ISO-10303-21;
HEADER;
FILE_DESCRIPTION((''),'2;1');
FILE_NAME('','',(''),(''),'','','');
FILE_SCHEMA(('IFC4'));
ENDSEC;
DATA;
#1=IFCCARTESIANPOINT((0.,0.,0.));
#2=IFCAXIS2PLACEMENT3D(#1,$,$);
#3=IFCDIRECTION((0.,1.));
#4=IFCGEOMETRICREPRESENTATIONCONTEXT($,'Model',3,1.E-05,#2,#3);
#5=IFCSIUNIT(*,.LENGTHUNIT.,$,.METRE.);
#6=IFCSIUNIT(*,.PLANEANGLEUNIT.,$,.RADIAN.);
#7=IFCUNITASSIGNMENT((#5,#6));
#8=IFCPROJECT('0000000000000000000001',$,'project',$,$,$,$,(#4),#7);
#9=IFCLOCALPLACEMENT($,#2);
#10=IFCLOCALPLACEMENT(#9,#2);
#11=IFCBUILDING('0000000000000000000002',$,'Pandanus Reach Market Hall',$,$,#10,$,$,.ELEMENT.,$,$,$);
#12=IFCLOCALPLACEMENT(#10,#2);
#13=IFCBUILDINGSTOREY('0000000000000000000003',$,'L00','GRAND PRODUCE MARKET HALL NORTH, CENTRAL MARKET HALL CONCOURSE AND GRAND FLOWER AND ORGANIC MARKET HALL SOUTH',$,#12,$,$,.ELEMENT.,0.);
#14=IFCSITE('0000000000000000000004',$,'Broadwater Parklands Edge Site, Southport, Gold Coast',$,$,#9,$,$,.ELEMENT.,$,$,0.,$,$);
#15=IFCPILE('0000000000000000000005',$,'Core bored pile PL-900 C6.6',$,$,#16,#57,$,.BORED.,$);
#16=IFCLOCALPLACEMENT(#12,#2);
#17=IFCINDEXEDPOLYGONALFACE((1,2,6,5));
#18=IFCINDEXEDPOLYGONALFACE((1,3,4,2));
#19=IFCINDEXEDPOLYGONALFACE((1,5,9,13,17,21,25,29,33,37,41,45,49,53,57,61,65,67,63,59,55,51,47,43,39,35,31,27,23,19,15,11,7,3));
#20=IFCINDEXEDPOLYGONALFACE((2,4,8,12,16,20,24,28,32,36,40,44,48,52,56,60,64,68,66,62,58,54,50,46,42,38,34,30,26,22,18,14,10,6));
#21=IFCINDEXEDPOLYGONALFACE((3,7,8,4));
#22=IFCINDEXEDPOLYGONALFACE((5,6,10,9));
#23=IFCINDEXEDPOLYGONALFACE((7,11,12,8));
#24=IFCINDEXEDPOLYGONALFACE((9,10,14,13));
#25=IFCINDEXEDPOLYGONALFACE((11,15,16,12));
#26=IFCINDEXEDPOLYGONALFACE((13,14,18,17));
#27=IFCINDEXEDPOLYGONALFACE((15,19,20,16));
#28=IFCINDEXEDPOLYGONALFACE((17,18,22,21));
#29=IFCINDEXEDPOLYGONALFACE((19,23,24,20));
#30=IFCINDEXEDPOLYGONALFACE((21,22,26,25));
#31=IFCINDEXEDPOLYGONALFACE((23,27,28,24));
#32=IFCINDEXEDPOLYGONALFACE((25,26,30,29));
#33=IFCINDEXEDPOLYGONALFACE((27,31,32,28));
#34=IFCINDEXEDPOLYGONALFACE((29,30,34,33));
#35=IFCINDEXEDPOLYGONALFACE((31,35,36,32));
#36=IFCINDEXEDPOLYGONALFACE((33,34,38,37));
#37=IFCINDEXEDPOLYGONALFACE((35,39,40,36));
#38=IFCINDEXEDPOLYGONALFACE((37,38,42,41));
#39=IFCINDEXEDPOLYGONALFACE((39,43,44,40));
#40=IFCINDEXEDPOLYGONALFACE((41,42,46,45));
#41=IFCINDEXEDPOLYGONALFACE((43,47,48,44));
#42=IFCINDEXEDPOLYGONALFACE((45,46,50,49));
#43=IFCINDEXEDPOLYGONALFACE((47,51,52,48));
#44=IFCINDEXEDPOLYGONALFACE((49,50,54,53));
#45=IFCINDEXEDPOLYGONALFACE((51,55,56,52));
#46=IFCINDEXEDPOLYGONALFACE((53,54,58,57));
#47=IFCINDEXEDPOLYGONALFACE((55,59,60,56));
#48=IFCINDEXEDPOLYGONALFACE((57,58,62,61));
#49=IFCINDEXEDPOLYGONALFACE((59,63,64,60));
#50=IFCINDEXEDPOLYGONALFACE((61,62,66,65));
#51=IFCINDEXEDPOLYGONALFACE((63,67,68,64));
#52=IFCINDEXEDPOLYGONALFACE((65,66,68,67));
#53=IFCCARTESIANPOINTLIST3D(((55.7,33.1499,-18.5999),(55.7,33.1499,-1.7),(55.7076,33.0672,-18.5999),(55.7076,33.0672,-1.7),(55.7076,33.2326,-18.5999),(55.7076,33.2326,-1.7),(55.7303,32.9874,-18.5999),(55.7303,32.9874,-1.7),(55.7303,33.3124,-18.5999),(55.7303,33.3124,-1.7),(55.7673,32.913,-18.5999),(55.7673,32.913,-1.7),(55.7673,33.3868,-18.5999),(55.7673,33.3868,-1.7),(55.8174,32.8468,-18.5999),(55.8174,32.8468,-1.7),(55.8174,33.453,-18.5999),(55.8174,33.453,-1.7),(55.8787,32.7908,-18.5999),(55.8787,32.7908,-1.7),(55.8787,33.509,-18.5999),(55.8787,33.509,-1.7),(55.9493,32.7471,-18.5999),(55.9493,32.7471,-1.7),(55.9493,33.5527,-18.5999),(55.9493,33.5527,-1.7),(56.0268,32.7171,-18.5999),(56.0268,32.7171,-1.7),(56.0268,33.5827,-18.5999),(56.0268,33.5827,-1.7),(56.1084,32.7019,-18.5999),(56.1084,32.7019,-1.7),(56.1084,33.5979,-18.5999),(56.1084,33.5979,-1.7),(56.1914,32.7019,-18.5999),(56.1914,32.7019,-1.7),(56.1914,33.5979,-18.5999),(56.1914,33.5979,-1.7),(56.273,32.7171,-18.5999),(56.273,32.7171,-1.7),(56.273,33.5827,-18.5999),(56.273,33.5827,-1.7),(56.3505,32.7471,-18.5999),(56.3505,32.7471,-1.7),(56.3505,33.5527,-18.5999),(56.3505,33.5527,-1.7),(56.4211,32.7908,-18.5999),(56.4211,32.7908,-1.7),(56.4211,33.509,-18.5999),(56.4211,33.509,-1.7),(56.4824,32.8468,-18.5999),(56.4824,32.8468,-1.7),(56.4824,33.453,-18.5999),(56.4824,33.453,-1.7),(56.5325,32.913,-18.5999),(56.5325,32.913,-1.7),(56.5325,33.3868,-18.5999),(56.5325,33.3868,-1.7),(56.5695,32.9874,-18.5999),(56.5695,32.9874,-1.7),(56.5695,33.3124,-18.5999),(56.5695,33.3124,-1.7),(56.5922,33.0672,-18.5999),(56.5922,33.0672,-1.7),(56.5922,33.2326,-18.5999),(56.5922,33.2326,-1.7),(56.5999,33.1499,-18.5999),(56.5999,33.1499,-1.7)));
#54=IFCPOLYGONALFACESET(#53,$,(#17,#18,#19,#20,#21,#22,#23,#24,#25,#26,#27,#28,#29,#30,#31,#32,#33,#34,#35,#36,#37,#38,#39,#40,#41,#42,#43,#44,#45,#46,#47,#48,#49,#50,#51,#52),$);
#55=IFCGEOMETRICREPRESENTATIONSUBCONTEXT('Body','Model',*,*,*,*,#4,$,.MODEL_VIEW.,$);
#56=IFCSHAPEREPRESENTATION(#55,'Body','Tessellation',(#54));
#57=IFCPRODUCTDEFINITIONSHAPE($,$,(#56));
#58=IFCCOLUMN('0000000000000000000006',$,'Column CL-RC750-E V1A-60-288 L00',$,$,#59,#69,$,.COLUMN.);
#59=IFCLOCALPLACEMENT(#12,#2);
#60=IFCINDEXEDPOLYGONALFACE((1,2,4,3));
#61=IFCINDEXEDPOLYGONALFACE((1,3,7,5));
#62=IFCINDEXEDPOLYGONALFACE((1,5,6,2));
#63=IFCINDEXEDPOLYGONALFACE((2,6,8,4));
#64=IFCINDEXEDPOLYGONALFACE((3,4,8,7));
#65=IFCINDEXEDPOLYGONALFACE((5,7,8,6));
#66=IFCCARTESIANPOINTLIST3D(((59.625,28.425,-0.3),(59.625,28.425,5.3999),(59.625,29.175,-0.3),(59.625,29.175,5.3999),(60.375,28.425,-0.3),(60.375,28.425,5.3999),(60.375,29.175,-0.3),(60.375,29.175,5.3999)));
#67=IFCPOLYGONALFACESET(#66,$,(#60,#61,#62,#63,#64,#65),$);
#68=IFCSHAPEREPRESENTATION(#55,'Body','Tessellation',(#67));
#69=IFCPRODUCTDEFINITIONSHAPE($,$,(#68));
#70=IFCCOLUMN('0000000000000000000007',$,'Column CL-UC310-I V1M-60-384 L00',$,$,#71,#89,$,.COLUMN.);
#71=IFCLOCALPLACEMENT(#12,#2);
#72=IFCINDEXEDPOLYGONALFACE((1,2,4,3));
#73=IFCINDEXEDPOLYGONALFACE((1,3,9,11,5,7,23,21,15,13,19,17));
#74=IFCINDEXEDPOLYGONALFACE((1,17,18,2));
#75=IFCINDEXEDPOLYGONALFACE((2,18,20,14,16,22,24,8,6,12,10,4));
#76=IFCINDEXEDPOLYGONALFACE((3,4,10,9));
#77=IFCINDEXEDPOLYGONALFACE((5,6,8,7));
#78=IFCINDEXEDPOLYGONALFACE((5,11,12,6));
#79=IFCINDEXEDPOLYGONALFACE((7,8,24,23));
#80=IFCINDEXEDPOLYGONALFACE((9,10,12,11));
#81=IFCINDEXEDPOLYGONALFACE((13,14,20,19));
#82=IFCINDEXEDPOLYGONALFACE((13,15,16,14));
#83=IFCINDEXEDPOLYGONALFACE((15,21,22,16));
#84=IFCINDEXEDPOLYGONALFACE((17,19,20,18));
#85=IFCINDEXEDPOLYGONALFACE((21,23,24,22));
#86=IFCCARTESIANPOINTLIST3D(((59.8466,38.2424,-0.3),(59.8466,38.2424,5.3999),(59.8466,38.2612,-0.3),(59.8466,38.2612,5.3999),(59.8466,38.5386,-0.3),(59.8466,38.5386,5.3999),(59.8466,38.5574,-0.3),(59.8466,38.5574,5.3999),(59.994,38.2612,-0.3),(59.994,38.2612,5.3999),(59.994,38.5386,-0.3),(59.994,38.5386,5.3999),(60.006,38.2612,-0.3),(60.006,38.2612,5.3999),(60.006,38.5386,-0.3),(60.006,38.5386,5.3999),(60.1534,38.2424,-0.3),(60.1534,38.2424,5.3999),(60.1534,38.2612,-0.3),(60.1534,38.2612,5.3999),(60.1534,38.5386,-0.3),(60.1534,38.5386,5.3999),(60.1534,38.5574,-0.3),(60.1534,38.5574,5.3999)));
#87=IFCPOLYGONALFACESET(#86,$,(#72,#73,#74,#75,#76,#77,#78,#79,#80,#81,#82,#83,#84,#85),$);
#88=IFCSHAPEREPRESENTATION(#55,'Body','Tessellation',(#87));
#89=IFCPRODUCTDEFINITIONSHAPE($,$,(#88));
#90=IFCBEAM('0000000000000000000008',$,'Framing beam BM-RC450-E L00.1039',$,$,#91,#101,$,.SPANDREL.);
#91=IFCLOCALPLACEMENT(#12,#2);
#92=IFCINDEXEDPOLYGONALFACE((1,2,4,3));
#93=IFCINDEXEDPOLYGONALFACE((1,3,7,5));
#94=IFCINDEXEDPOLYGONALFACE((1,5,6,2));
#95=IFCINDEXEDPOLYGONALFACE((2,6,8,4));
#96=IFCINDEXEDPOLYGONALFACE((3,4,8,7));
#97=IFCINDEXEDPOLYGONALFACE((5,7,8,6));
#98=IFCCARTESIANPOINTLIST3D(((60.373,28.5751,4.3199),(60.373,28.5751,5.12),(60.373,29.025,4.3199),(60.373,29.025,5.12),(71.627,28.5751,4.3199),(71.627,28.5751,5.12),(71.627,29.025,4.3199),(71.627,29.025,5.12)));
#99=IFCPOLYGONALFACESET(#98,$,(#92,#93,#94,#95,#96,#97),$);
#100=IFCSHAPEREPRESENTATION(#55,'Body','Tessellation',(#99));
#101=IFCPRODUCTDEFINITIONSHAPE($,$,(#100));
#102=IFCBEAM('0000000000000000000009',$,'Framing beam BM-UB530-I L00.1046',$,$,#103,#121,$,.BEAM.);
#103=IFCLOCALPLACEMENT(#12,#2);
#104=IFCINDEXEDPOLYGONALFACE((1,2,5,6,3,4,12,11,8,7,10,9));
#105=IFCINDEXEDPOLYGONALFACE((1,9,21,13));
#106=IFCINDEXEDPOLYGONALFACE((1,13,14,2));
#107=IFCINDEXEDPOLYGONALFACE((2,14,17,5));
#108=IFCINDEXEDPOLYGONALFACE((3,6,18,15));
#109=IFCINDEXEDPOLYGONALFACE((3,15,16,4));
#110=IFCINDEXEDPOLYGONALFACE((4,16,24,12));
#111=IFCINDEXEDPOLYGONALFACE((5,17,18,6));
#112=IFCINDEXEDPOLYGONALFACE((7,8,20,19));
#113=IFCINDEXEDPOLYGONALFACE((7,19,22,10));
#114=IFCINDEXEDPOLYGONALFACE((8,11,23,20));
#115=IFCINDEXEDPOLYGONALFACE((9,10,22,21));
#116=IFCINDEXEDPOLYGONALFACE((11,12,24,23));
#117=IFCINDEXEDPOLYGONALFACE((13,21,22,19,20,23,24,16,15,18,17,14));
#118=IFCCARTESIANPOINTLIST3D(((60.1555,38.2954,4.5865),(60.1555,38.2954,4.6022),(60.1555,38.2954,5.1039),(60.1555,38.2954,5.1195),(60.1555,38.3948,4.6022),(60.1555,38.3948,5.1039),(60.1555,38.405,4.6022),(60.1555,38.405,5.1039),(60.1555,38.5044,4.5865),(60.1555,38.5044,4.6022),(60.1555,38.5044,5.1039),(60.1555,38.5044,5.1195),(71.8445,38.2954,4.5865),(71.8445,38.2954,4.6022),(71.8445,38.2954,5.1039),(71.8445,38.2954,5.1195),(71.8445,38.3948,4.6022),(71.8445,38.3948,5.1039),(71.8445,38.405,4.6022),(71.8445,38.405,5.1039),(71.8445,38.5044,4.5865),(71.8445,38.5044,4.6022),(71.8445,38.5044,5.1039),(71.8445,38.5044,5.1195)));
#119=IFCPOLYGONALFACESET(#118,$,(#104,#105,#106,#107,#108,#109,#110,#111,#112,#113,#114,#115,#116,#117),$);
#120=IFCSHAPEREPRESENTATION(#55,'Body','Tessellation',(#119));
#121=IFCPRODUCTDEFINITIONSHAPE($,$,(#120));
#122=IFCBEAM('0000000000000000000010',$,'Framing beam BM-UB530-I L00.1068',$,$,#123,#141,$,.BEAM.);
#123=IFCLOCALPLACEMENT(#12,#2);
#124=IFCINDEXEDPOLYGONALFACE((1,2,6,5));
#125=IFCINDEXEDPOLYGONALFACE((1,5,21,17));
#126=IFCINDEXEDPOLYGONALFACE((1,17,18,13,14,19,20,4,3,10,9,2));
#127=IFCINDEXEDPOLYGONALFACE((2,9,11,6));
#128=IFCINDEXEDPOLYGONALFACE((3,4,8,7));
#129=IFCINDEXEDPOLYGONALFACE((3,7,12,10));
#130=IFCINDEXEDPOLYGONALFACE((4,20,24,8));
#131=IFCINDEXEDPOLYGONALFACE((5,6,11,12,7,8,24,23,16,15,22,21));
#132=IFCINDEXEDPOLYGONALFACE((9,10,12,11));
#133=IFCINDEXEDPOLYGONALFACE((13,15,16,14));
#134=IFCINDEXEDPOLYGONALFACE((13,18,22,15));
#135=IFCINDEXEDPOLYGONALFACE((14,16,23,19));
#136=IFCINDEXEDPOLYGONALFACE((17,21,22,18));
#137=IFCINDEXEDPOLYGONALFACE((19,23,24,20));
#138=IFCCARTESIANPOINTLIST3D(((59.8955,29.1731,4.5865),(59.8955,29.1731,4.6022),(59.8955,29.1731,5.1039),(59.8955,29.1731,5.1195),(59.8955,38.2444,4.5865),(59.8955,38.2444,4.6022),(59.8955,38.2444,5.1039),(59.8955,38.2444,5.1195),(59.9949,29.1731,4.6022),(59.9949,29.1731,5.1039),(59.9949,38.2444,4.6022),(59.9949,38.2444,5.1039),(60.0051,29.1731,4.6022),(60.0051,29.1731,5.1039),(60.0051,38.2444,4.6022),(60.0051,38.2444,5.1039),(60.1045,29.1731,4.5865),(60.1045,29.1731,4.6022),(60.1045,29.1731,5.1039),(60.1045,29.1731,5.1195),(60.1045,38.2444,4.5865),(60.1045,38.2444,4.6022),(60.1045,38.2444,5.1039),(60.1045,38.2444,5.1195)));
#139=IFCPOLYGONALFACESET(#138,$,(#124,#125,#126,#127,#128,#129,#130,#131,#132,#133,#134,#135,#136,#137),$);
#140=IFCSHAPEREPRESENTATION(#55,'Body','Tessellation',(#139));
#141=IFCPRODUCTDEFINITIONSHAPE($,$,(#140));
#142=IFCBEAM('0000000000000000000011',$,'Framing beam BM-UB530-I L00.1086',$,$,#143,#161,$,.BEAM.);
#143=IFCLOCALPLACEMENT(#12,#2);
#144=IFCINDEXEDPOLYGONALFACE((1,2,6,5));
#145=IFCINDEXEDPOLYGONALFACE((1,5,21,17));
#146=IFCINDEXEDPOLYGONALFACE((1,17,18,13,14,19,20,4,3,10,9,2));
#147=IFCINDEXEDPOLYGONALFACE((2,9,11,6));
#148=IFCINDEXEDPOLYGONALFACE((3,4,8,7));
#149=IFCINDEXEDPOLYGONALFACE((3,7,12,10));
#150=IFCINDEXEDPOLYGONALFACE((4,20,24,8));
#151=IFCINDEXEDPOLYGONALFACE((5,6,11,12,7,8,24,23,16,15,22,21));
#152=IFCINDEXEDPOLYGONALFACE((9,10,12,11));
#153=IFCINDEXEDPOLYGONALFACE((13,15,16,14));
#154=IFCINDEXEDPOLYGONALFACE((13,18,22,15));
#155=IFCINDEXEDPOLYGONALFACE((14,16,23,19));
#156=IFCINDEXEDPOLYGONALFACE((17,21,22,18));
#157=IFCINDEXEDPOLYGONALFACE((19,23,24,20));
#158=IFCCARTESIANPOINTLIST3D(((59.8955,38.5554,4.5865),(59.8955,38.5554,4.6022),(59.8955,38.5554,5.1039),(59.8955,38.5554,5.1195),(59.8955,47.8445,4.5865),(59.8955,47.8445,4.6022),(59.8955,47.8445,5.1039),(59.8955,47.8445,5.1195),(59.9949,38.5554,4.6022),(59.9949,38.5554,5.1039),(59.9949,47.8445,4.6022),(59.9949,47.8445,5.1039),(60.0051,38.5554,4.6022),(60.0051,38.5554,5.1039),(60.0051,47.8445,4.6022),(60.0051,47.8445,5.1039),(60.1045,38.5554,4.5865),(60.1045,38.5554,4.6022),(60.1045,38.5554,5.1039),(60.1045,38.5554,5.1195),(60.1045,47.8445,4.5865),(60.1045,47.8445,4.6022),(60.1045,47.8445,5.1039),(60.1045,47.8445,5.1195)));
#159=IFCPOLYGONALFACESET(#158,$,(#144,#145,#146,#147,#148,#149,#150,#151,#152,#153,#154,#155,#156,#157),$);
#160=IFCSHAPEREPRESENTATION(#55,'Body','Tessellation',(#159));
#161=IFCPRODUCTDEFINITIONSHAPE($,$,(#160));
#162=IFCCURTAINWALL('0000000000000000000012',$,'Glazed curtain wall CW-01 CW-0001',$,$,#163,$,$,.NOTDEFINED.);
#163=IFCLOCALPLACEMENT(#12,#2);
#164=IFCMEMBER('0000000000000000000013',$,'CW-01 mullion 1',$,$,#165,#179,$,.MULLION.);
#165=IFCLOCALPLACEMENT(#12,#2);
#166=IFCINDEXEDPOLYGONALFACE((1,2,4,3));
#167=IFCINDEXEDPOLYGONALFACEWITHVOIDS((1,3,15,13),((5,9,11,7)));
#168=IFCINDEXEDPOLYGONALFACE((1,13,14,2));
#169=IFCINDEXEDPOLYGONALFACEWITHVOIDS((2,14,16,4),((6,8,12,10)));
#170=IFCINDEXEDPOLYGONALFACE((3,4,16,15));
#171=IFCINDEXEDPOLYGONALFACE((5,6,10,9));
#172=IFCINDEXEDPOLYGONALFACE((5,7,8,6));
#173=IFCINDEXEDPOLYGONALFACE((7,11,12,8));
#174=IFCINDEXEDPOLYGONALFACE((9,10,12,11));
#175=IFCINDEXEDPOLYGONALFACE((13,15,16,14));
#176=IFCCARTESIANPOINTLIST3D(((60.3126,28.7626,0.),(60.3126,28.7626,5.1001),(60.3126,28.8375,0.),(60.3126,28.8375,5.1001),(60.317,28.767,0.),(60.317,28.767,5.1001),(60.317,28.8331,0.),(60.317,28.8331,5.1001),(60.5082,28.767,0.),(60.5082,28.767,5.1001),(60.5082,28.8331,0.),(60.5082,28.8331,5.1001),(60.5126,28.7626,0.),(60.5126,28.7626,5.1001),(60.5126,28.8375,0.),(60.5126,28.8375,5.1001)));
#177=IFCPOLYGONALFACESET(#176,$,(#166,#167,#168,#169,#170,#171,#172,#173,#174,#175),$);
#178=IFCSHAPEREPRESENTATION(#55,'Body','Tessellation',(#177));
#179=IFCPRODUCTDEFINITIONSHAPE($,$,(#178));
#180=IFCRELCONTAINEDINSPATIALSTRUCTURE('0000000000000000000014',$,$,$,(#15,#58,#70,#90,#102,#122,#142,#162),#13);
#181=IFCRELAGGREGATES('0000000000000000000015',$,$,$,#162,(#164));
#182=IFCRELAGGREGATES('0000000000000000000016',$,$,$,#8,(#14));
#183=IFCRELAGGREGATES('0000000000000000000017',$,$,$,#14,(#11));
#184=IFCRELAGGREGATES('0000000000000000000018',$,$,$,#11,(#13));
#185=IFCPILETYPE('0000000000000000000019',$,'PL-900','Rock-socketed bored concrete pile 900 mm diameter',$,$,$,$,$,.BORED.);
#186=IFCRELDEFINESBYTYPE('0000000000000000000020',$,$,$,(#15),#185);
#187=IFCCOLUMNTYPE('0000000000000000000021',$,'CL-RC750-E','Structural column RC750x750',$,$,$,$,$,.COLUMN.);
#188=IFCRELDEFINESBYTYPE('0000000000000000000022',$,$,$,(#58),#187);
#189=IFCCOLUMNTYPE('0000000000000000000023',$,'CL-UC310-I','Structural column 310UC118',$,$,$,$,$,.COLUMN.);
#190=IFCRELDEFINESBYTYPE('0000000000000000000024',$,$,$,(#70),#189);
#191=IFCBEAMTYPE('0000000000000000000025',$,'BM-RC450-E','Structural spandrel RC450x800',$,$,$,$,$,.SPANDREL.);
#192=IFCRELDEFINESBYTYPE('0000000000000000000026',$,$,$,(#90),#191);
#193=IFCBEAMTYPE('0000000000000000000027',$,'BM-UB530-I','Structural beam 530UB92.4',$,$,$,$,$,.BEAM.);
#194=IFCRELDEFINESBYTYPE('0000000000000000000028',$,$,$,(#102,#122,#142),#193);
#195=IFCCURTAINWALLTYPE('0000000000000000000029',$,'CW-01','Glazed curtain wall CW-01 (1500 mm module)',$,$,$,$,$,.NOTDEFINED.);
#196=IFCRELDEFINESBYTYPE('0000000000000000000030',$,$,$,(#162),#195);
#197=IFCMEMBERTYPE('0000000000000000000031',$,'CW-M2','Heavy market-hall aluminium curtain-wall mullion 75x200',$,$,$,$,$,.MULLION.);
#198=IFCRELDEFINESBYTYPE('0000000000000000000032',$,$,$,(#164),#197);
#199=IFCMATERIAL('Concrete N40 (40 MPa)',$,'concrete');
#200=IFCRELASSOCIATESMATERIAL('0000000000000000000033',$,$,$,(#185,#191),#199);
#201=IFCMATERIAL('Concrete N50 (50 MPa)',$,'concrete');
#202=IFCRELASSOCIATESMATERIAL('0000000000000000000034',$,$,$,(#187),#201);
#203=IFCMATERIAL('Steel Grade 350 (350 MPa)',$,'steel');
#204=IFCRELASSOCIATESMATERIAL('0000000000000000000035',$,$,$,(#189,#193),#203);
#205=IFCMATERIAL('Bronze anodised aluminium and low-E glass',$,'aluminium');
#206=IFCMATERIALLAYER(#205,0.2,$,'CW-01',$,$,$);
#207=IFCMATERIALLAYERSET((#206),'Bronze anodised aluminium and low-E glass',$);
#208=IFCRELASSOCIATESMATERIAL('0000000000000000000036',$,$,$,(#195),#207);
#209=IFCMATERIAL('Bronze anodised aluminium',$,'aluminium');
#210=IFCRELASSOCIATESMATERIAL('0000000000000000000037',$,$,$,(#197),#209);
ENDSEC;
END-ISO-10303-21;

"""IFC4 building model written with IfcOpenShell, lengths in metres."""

from ifc_helpers import new_model, si_unit, direction, frame, origin, origin_2d, place, context, subcontext, project, spatial, rectangle, hollow_rectangle, circle, i_section, extrude, material, layer, layer_set, material_profile, profile_set, type_object, element, aggregate, save


model = new_model("IFC4")

# Units and contexts
model_context = context("Model", 3, precision=1e-05, world=origin(), true_north=direction((0.0, 1.0)))
body_context = subcontext(model_context, "Body", "Model", "MODEL_VIEW")
ifc_project = project(units=[si_unit("LENGTHUNIT", "METRE"), si_unit("PLANEANGLEUNIT", "RADIAN")], contexts=[model_context])

# Site, building, storey
site_placement = place(None, origin())
site = spatial("IfcSite", under=ifc_project, at=site_placement, Name="Broadwater Parklands Edge Site, Southport, Gold Coast", CompositionType="ELEMENT", RefElevation=0.0)
building_placement = place(site_placement, origin())
building = spatial("IfcBuilding", under=site, at=building_placement, Name="Pandanus Reach Market Hall", CompositionType="ELEMENT")
storey_placement = place(building_placement, origin())
storey = spatial("IfcBuildingStorey", under=building, at=storey_placement, Name="L00", Description="GRAND PRODUCE MARKET HALL NORTH, CENTRAL MARKET HALL CONCOURSE AND GRAND FLOWER AND ORGANIC MARKET HALL SOUTH", CompositionType="ELEMENT", Elevation=0.0)

# Shared definitions
ifc_material_1 = material(Name="Concrete N40 (40 MPa)", Category="concrete")

# Pile
ifc_material_profile_1 = material_profile(ifc_material_1, circle(Radius=0.45, at=origin_2d()), Name="PILE-900D", Category="LoadBearing")
ifc_profile_set_1 = profile_set([ifc_material_profile_1], Name="Concrete N40 (40 MPa)")
pile_type_1 = type_object("IfcPileType", Name="PL-900", Description="Rock-socketed bored concrete pile 900 mm diameter", PredefinedType="BORED", material=ifc_profile_set_1)
for number, where, z_axis, x_axis, name in (
    (1, (56.1499, 33.1499, -1.7), (0.0, 0.0, -1.0), (1.0, 0.0, 0.0), "Core bored pile PL-900 C6.6"),
):
    element("IfcPile", number, at=place(storey_placement, frame(where, z_axis=z_axis, x_axis=x_axis)), inside=storey, type_object=pile_type_1, Name=name, PredefinedType="BORED", context=body_context, shape_type="SweptSolid", body=[
        extrude(circle(Radius=0.45, at=origin_2d()), origin(), (0.0, 0.0, 1.0), 16.8999),
    ])

# Columns
ifc_material_2 = material(Name="Concrete N50 (50 MPa)", Category="concrete")
ifc_material_profile_2 = material_profile(ifc_material_2, rectangle(XDim=0.75, YDim=0.75, at=origin_2d()), Name="RC750x750", Category="LoadBearing")
ifc_profile_set_2 = profile_set([ifc_material_profile_2], Name="Concrete N50 (50 MPa)")
column_type_1 = type_object("IfcColumnType", Name="CL-RC750-E", Description="Structural column RC750x750", PredefinedType="COLUMN", material=ifc_profile_set_2)
column_1_placement = place(storey_placement, frame((60.0, 28.8, -0.3), z_axis=(0.0, 0.0, 1.0), x_axis=(1.0, 0.0, 0.0)))
element("IfcColumn", 2, at=column_1_placement, inside=storey, type_object=column_type_1, Name="Column CL-RC750-E V1A-60-288 L00", PredefinedType="COLUMN", context=body_context, shape_type="SweptSolid", body=[
    extrude(rectangle(XDim=0.75, YDim=0.75, at=origin_2d()), origin(), (0.0, 0.0, 1.0), 5.7),
])
ifc_material_3 = material(Name="Steel Grade 350 (350 MPa)", Category="steel")
ifc_material_profile_3 = material_profile(ifc_material_3, i_section(OverallWidth=0.3069, OverallDepth=0.3149, WebThickness=0.012, FlangeThickness=0.0188, at=origin_2d()), Name="310UC118", Category="LoadBearing")
ifc_profile_set_3 = profile_set([ifc_material_profile_3], Name="Steel Grade 350 (350 MPa)")
column_type_2 = type_object("IfcColumnType", Name="CL-UC310-I", Description="Structural column 310UC118", PredefinedType="COLUMN", material=ifc_profile_set_3)
column_2_placement = place(storey_placement, frame((60.0, 38.3999, -0.3), z_axis=(0.0, 0.0, 1.0), x_axis=(1.0, 0.0, 0.0)))
element("IfcColumn", 3, at=column_2_placement, inside=storey, type_object=column_type_2, Name="Column CL-UC310-I V1M-60-384 L00", PredefinedType="COLUMN", context=body_context, shape_type="SweptSolid", body=[
    extrude(i_section(OverallWidth=0.3069, OverallDepth=0.3149, WebThickness=0.012, FlangeThickness=0.0188, at=origin_2d()), origin(), (0.0, 0.0, 1.0), 5.7),
])

# Beams
ifc_material_profile_4 = material_profile(ifc_material_1, rectangle(XDim=0.45, YDim=0.8, at=origin_2d()), Name="RC450x800", Category="LoadBearing")
ifc_profile_set_4 = profile_set([ifc_material_profile_4], Name="Concrete N40 (40 MPa)")
beam_type_1 = type_object("IfcBeamType", Name="BM-RC450-E", Description="Structural spandrel RC450x800", PredefinedType="SPANDREL", material=ifc_profile_set_4)
beam_1_placement = place(storey_placement, frame((60.373, 28.8, 4.72), z_axis=(1.0, 0.0, 0.0), x_axis=(0.0, 1.0, 0.0)))
element("IfcBeam", 4, at=beam_1_placement, inside=storey, type_object=beam_type_1, Name="Framing beam BM-RC450-E L00.1039", PredefinedType="SPANDREL", context=body_context, shape_type="SweptSolid", body=[
    extrude(rectangle(XDim=0.45, YDim=0.8, at=origin_2d()), origin(), (0.0, 0.0, 1.0), 11.2539),
])
ifc_material_profile_5 = material_profile(ifc_material_3, i_section(OverallWidth=0.209, OverallDepth=0.533, WebThickness=0.0103, FlangeThickness=0.0156, at=origin_2d()), Name="530UB92.4", Category="LoadBearing")
ifc_profile_set_5 = profile_set([ifc_material_profile_5], Name="Steel Grade 350 (350 MPa)")
beam_type_2 = type_object("IfcBeamType", Name="BM-UB530-I", Description="Structural beam 530UB92.4", PredefinedType="BEAM", material=ifc_profile_set_5)
beam_2_placement = place(storey_placement, frame((60.1555, 38.3999, 4.853), z_axis=(1.0, 0.0, 0.0), x_axis=(0.0, 1.0, 0.0)))
element("IfcBeam", 5, at=beam_2_placement, inside=storey, type_object=beam_type_2, Name="Framing beam BM-UB530-I L00.1046", PredefinedType="BEAM", context=body_context, shape_type="SweptSolid", body=[
    extrude(i_section(OverallWidth=0.209, OverallDepth=0.533, WebThickness=0.0103, FlangeThickness=0.0156, at=origin_2d()), origin(), (0.0, 0.0, 1.0), 11.689),
])
beam_3_placement = place(storey_placement, frame((60.0, 29.1731, 4.853), z_axis=(0.0, 1.0, 0.0), x_axis=(-1.0, 0.0, 0.0)))
element("IfcBeam", 6, at=beam_3_placement, inside=storey, type_object=beam_type_2, Name="Framing beam BM-UB530-I L00.1068", PredefinedType="BEAM", context=body_context, shape_type="SweptSolid", body=[
    extrude(i_section(OverallWidth=0.209, OverallDepth=0.533, WebThickness=0.0103, FlangeThickness=0.0156, at=origin_2d()), origin(), (0.0, 0.0, 1.0), 9.0713),
])
beam_4_placement = place(storey_placement, frame((60.0, 38.5554, 4.853), z_axis=(0.0, 1.0, 0.0), x_axis=(-1.0, 0.0, 0.0)))
element("IfcBeam", 7, at=beam_4_placement, inside=storey, type_object=beam_type_2, Name="Framing beam BM-UB530-I L00.1086", PredefinedType="BEAM", context=body_context, shape_type="SweptSolid", body=[
    extrude(i_section(OverallWidth=0.209, OverallDepth=0.533, WebThickness=0.0103, FlangeThickness=0.0156, at=origin_2d()), origin(), (0.0, 0.0, 1.0), 9.2891),
])

# Curtain wall, member
ifc_material_4 = material(Name="Bronze anodised aluminium and low-E glass", Category="aluminium")
ifc_layer_1 = layer(ifc_material_4, 0.2, Name="CW-01")
ifc_layer_set_1 = layer_set([ifc_layer_1], Name="Bronze anodised aluminium and low-E glass")
curtain_wall_type = type_object("IfcCurtainWallType", Name="CW-01", Description="Glazed curtain wall CW-01 (1500 mm module)", PredefinedType="NOTDEFINED", material=ifc_layer_set_1)
curtain_wall_placement = place(storey_placement, origin())
curtain_wall = element("IfcCurtainWall", 8, at=curtain_wall_placement, inside=storey, type_object=curtain_wall_type, Name="Glazed curtain wall CW-01 CW-0001", PredefinedType="NOTDEFINED")
ifc_material_5 = material(Name="Bronze anodised aluminium", Category="aluminium")
ifc_material_profile_6 = material_profile(ifc_material_5, hollow_rectangle(XDim=0.075, YDim=0.2, WallThickness=0.0044, at=origin_2d()), Name="ALU75x200", Category="LoadBearing")
ifc_profile_set_6 = profile_set([ifc_material_profile_6], Name="Bronze anodised aluminium")
member_type_1 = type_object("IfcMemberType", Name="CW-M2", Description="Heavy market-hall aluminium curtain-wall mullion 75x200", PredefinedType="MULLION", material=ifc_profile_set_6)
member_1_placement = place(storey_placement, frame((60.4126, 28.8, 0.0), z_axis=(0.0, 0.0, 1.0), x_axis=(0.0, 1.0, 0.0)))
member_1 = element("IfcMember", 9, at=member_1_placement, type_object=member_type_1, Name="CW-01 mullion 1", PredefinedType="MULLION", context=body_context, shape_type="SweptSolid", body=[
    extrude(hollow_rectangle(XDim=0.075, YDim=0.2, WallThickness=0.0044, at=origin_2d()), origin(), (0.0, 0.0, 1.0), 5.1001),
])

aggregate(curtain_wall, [member_1])

save(model, "model.ifc")
